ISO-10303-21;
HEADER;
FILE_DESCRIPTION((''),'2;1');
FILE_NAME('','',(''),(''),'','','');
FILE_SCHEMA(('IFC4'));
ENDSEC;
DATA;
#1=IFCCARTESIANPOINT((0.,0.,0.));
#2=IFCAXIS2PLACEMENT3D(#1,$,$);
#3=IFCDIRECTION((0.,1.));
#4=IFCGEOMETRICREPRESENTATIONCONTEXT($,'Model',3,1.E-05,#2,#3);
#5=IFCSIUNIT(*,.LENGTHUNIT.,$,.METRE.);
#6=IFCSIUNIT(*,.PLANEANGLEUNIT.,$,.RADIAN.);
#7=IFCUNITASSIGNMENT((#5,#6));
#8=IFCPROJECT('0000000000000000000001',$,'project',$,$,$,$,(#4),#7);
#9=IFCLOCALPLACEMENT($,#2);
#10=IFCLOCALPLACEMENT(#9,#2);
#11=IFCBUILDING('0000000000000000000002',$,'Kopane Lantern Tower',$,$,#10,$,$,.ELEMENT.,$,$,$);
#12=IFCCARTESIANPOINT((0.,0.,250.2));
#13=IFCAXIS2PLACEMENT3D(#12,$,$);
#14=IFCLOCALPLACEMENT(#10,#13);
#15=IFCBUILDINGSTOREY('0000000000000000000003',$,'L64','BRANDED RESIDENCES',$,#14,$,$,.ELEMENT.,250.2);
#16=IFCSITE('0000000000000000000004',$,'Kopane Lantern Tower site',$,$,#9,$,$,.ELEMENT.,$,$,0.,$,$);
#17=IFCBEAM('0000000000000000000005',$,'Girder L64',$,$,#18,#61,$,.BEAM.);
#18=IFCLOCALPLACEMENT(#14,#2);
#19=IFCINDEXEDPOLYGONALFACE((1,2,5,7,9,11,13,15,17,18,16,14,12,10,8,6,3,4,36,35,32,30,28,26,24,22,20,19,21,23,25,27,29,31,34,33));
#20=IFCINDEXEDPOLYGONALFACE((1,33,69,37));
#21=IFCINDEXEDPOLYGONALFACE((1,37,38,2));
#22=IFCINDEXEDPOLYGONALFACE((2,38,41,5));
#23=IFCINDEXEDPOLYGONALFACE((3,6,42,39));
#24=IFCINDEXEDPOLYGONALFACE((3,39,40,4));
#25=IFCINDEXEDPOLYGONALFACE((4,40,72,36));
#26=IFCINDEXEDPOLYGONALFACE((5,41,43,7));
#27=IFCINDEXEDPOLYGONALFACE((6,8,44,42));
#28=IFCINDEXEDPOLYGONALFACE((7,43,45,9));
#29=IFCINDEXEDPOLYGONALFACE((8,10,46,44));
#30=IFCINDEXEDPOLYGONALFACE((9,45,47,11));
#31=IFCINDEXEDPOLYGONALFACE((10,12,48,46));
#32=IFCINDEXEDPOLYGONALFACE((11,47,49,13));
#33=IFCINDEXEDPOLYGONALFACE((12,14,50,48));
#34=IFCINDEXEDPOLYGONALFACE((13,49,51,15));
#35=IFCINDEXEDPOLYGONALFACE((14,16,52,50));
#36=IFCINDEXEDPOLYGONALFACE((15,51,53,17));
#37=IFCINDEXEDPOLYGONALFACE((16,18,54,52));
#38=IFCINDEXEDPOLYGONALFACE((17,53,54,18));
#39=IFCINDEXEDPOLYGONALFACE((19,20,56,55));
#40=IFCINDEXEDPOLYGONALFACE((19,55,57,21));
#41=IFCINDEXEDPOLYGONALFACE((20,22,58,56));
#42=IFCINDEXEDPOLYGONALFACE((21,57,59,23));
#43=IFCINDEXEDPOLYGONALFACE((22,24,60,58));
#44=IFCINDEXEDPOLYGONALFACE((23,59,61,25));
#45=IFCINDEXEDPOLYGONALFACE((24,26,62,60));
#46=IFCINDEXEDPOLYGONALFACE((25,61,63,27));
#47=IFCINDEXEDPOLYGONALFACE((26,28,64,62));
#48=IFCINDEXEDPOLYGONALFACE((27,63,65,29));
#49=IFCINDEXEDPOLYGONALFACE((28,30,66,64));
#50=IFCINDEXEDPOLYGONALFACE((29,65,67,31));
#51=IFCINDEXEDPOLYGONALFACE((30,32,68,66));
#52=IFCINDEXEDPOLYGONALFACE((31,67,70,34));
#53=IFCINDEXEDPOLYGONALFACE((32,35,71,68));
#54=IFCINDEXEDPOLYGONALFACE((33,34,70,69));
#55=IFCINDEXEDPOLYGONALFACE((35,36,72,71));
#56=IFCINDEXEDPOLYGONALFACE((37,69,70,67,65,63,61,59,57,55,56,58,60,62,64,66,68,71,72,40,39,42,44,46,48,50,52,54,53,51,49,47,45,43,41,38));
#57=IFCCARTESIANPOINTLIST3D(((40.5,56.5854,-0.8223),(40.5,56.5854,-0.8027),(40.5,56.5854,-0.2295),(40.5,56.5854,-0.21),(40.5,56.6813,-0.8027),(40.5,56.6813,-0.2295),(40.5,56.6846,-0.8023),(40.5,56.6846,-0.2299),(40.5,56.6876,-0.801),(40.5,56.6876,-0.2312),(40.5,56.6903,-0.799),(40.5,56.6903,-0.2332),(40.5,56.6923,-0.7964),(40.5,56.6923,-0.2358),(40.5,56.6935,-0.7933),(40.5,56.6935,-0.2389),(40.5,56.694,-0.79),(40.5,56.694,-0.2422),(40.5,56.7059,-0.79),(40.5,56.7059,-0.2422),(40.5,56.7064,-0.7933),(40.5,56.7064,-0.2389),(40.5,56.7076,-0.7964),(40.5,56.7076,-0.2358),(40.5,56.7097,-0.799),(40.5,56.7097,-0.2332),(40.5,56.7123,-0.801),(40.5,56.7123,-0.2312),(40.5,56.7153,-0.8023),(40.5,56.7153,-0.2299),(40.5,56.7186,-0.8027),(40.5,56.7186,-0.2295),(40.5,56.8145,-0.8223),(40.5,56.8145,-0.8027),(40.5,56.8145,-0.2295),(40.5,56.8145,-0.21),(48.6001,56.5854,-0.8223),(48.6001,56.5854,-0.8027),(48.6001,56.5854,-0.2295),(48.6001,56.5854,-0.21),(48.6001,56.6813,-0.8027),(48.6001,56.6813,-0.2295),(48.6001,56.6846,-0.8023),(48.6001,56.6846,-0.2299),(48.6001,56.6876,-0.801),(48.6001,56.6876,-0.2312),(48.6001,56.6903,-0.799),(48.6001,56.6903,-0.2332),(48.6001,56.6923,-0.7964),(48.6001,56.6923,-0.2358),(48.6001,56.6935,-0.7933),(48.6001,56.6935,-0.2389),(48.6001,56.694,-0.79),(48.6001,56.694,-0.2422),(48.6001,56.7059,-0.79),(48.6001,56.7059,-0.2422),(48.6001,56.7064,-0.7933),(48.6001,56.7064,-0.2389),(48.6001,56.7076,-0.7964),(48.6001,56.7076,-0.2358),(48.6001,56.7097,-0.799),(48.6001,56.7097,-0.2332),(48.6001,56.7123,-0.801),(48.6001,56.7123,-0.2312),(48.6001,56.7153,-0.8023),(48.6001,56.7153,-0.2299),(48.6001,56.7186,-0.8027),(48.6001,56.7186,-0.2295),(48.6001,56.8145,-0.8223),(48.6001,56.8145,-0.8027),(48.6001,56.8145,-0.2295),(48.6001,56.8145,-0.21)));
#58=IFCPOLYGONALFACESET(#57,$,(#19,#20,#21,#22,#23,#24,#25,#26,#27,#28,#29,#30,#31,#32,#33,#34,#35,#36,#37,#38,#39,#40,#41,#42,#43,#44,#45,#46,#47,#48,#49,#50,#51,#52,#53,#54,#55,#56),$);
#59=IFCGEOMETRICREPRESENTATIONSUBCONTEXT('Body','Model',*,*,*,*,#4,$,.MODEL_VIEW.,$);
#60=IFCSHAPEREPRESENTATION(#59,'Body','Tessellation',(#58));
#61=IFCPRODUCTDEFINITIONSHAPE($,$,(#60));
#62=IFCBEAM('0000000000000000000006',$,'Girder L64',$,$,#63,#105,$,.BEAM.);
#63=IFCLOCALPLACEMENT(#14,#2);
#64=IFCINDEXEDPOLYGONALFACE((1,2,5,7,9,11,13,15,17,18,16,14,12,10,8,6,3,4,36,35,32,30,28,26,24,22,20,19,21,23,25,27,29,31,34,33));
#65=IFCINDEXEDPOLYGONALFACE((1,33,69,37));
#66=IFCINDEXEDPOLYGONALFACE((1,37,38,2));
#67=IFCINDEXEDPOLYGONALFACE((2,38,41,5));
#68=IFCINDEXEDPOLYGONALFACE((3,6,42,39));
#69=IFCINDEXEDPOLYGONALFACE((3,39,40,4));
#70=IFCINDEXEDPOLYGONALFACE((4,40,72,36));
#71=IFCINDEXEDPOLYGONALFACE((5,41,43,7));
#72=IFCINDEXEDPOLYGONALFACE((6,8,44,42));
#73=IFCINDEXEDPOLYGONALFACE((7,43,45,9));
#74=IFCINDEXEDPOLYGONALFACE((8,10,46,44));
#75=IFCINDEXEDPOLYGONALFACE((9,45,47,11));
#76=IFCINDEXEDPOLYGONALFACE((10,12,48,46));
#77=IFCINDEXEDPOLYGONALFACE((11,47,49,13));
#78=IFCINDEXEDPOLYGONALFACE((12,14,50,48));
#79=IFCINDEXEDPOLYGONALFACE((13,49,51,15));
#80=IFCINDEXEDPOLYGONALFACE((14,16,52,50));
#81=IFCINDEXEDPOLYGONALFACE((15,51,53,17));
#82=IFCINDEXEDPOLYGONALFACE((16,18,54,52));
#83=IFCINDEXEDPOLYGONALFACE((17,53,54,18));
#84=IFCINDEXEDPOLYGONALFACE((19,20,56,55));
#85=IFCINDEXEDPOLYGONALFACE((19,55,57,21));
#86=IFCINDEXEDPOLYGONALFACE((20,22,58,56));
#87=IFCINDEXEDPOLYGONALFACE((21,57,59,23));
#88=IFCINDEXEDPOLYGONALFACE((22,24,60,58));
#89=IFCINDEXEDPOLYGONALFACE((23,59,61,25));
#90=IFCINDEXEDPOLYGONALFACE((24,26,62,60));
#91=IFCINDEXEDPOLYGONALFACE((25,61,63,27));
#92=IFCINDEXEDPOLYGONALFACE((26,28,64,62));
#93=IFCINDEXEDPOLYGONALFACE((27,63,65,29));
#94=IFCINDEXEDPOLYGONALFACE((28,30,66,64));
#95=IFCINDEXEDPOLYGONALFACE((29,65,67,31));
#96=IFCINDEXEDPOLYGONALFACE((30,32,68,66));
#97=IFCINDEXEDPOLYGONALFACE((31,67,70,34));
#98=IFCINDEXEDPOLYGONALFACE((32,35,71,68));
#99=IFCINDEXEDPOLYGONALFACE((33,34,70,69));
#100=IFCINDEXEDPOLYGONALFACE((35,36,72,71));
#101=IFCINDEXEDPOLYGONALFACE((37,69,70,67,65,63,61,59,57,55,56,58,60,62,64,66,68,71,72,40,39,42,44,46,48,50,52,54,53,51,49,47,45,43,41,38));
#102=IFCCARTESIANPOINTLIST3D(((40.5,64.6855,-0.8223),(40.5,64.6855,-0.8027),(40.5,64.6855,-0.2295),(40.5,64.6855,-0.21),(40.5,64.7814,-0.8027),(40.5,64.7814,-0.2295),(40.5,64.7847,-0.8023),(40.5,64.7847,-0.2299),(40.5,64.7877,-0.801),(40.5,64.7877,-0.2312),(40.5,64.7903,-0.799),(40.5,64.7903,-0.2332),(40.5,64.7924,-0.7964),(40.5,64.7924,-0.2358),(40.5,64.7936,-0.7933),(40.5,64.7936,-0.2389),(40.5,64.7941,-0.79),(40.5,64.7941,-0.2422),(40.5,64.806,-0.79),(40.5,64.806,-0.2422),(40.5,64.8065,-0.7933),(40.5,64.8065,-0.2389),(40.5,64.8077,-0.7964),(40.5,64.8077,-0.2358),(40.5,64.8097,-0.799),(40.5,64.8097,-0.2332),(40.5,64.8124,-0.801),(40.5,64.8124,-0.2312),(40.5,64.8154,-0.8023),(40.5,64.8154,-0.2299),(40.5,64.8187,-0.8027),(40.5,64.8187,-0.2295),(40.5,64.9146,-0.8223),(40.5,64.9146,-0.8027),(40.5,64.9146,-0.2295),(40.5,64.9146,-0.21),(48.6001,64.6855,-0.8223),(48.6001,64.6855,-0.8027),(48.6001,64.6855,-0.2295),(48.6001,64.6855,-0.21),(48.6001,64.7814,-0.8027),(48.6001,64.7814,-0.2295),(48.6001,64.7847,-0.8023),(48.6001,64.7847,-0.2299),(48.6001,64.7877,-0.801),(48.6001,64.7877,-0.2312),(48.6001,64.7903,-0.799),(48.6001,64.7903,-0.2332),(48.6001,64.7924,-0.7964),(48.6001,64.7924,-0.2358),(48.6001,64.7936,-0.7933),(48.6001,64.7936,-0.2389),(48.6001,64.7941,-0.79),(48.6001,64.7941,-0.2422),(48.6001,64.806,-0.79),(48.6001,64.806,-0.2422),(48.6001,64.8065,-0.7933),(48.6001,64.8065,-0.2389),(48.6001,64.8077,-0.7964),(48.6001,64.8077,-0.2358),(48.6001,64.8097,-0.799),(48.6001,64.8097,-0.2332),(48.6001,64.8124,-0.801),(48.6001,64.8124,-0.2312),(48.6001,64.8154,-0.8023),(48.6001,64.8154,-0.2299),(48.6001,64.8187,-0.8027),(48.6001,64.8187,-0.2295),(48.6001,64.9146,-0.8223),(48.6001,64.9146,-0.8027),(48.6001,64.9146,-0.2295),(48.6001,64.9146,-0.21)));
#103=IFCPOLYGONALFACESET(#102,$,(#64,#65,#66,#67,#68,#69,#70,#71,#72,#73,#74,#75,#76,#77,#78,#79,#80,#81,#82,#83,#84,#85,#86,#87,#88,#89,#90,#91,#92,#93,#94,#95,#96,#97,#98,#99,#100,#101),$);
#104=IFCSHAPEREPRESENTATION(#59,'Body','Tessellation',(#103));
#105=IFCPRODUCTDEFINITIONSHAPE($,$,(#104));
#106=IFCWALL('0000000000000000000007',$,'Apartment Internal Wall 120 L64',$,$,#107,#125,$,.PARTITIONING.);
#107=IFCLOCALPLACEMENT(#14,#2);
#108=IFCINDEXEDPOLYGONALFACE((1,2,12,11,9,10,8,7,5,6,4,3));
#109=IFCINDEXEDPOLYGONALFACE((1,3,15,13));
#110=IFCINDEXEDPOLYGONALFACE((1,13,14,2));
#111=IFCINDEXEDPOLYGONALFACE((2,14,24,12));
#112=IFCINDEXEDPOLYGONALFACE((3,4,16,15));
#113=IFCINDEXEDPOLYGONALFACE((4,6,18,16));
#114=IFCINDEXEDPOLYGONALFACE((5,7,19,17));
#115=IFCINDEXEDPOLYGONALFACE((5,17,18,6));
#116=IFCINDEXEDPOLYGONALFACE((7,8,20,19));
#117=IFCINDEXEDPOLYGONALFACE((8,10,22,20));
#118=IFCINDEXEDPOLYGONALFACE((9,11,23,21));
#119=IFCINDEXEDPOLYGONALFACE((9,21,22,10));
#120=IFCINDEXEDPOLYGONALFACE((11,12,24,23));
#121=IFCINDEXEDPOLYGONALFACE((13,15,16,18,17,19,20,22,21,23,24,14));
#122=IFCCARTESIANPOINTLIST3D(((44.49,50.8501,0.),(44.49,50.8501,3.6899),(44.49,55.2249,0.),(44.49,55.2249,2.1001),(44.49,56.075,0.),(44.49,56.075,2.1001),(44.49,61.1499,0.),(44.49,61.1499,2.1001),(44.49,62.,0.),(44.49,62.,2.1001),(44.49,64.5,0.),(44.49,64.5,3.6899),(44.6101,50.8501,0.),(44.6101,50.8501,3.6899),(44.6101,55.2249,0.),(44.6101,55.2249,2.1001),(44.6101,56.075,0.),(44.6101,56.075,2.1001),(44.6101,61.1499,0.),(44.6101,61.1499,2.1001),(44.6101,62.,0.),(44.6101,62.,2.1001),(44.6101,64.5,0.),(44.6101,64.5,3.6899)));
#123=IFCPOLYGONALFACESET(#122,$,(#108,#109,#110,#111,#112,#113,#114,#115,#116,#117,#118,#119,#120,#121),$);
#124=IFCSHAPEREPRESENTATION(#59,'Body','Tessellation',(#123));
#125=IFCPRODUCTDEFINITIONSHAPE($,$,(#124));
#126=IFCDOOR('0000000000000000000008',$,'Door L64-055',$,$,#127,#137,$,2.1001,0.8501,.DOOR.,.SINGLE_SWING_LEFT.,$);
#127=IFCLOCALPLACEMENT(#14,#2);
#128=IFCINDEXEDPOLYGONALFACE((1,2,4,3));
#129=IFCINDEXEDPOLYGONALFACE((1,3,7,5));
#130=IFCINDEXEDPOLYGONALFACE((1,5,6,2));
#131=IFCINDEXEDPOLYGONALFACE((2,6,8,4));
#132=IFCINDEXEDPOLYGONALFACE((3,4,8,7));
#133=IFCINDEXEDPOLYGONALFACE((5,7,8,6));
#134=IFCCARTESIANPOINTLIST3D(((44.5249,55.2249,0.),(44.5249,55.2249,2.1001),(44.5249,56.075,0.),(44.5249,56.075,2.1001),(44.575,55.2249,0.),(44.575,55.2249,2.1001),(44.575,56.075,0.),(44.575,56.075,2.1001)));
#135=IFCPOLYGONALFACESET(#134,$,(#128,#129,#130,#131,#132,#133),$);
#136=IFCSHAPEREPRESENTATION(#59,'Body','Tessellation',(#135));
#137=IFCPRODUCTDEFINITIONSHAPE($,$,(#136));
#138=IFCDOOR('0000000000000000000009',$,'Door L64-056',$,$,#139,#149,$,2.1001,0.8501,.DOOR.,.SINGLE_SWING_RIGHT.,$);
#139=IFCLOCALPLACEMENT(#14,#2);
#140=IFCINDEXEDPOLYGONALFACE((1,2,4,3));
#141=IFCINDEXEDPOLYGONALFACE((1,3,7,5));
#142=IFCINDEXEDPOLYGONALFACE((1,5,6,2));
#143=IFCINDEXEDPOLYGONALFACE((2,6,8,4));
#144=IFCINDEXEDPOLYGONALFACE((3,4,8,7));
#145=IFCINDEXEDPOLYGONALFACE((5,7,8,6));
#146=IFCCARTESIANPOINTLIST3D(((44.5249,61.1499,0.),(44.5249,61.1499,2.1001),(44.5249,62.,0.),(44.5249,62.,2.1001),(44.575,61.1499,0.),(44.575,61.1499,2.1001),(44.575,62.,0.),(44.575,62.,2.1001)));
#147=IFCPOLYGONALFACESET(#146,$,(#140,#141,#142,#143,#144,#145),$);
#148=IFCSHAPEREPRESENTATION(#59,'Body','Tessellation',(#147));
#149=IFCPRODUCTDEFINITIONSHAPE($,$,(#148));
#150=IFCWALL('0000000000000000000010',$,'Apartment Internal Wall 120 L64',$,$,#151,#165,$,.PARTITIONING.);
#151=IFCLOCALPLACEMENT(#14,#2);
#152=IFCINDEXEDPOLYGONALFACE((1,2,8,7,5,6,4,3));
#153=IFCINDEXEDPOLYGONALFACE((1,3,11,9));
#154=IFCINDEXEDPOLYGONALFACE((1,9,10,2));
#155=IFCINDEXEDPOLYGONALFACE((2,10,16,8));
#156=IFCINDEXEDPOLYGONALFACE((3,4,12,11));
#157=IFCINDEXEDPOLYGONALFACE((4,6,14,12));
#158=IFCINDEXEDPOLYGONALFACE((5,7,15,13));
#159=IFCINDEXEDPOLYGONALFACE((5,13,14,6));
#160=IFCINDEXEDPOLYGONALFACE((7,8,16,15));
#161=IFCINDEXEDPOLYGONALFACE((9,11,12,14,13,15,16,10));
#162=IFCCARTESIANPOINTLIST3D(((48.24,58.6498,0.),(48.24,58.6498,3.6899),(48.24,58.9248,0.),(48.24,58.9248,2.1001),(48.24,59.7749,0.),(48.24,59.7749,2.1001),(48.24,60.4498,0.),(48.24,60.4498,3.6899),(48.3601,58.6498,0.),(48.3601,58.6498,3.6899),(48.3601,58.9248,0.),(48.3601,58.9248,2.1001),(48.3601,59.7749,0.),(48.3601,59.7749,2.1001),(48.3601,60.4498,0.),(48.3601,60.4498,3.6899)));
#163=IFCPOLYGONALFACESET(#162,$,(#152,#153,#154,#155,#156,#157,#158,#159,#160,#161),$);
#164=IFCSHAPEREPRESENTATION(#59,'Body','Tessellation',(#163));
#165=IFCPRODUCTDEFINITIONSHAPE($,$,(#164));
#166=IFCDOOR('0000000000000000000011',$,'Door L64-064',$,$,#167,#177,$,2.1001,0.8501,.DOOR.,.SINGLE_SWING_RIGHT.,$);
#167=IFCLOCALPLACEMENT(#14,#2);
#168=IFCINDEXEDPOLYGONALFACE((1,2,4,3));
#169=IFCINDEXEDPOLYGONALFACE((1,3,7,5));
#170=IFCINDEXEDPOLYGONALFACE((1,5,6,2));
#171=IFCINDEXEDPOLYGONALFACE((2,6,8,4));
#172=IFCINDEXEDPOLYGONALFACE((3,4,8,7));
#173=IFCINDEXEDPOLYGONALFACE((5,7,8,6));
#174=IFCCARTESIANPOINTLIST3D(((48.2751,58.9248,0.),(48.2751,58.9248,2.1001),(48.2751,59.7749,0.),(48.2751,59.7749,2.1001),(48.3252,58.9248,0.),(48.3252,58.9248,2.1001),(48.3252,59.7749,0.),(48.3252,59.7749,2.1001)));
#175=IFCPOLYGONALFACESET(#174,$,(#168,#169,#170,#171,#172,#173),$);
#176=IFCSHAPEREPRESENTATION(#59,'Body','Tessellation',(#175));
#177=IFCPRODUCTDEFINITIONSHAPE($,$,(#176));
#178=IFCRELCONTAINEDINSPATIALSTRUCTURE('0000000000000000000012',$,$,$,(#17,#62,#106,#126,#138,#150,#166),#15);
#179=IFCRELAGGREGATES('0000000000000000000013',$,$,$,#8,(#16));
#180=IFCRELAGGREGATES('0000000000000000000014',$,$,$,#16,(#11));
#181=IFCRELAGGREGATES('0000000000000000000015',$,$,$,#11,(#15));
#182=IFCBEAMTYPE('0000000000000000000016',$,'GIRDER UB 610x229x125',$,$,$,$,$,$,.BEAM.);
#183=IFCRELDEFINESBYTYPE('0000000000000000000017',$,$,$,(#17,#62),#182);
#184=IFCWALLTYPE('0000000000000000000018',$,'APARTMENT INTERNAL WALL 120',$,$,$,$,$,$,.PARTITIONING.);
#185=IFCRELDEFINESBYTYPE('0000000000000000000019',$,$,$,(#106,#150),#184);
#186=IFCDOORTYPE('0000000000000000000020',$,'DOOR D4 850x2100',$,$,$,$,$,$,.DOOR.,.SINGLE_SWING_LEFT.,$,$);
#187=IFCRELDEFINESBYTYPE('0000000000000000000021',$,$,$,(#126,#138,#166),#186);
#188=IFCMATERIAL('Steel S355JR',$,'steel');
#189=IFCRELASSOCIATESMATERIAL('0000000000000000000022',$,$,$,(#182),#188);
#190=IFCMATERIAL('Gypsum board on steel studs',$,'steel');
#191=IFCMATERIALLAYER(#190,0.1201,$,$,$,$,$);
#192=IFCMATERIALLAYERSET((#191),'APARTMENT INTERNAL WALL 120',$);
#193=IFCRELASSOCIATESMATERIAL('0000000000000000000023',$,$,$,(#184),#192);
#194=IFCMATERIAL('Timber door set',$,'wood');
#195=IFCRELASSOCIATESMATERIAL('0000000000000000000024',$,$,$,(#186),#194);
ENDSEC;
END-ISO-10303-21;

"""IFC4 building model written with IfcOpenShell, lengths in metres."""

from ifc_helpers import new_model, si_unit, direction, frame, frame_2d, origin, origin_2d, place, context, subcontext, project, spatial, rectangle, i_section, extrude, material, layer, layer_set, material_profile, profile_set, type_object, element, fill, save


model = new_model("IFC4")

# Units and contexts
model_context = context("Model", 3, precision=1e-05, world=origin(), true_north=direction((0.0, 1.0)))
body_context = subcontext(model_context, "Body", "Model", "MODEL_VIEW")
ifc_project = project(units=[si_unit("LENGTHUNIT", "METRE"), si_unit("PLANEANGLEUNIT", "RADIAN")], contexts=[model_context])

# Site, building, storey
site_placement = place(None, origin())
site = spatial("IfcSite", under=ifc_project, at=site_placement, Name="Kopane Lantern Tower site", CompositionType="ELEMENT", RefElevation=0.0)
building_placement = place(site_placement, origin())
building = spatial("IfcBuilding", under=site, at=building_placement, Name="Kopane Lantern Tower", CompositionType="ELEMENT")
storey_placement = place(building_placement, frame((0.0, 0.0, 250.2)))
storey = spatial("IfcBuildingStorey", under=building, at=storey_placement, Name="L64", Description="BRANDED RESIDENCES", CompositionType="ELEMENT", Elevation=250.2)

# Beams
ifc_material_1 = material(Name="Steel S355JR", Category="steel")
ifc_material_profile_1 = material_profile(ifc_material_1, i_section(OverallWidth=0.229, OverallDepth=0.6123, WebThickness=0.012, FlangeThickness=0.0195, FilletRadius=0.0127, at=origin_2d()), Name="UB 610x229x125")
ifc_profile_set_1 = profile_set([ifc_material_profile_1], Name="Steel S355JR")
beam_type = type_object("IfcBeamType", Name="GIRDER UB 610x229x125", PredefinedType="BEAM", material=ifc_profile_set_1)
for number, where, z_axis, x_axis, name in (
    (1, (40.5, 56.7, -0.5161), (1.0, 0.0, 0.0), (0.0, 1.0, 0.0), "Girder L64"),
    (2, (40.5, 64.8, -0.5161), (1.0, 0.0, 0.0), (0.0, 1.0, 0.0), "Girder L64"),
):
    element("IfcBeam", number, at=place(storey_placement, frame(where, z_axis=z_axis, x_axis=x_axis)), inside=storey, type_object=beam_type, Name=name, PredefinedType="BEAM", context=body_context, shape_type="SweptSolid", body=[
        extrude(i_section(OverallWidth=0.229, OverallDepth=0.6123, WebThickness=0.012, FlangeThickness=0.0195, FilletRadius=0.0127, at=origin_2d()), origin(), (0.0, 0.0, 1.0), 8.1001),
    ])

# Wall, openings, doors
ifc_material_2 = material(Name="Gypsum board on steel studs", Category="steel")
ifc_layer_1 = layer(ifc_material_2, 0.1201)
ifc_layer_set_1 = layer_set([ifc_layer_1], Name="APARTMENT INTERNAL WALL 120")
wall_type_1 = type_object("IfcWallType", Name="APARTMENT INTERNAL WALL 120", PredefinedType="PARTITIONING", material=ifc_layer_set_1)
wall_1_placement = place(storey_placement, frame((44.55, 64.5, 0.0), z_axis=(0.0, 0.0, 1.0), x_axis=(0.0, -1.0, 0.0)))
wall_1 = element("IfcWall", 3, at=wall_1_placement, inside=storey, type_object=wall_type_1, Name="Apartment Internal Wall 120 L64", PredefinedType="PARTITIONING", context=body_context, shape_type="SweptSolid", body=[
    extrude(rectangle(XDim=13.6499, YDim=0.1201, at=frame_2d((6.825, 0.0))), origin(), (0.0, 0.0, 1.0), 3.6899),
])
opening_1_placement = place(wall_1_placement, frame((8.425, 0.0, 0.0)))
opening_1 = element("IfcOpeningElement", 4, at=opening_1_placement, cuts=wall_1, PredefinedType="OPENING", context=body_context, shape_type="SweptSolid", body=[
    extrude(rectangle(XDim=0.8501, YDim=2.1001, at=frame_2d((0.425, 1.05))), frame((0.0, 0.0701, 0.0), z_axis=(0.0, -1.0, 0.0), x_axis=(1.0, 0.0, 0.0)), (0.0, 0.0, 1.0), 0.1401),
])
opening_2_placement = place(wall_1_placement, frame((2.5, 0.0, 0.0)))
opening_2 = element("IfcOpeningElement", 5, at=opening_2_placement, cuts=wall_1, PredefinedType="OPENING", context=body_context, shape_type="SweptSolid", body=[
    extrude(rectangle(XDim=0.8501, YDim=2.1001, at=frame_2d((0.425, 1.05))), frame((0.0, 0.0701, 0.0), z_axis=(0.0, -1.0, 0.0), x_axis=(1.0, 0.0, 0.0)), (0.0, 0.0, 1.0), 0.1401),
])
ifc_material_3 = material(Name="Timber door set", Category="wood")
door_type = type_object("IfcDoorType", Name="DOOR D4 850x2100", OperationType="SINGLE_SWING_LEFT", PredefinedType="DOOR", material=ifc_material_3)
door_1_placement = place(opening_1_placement, origin())
door_1 = element("IfcDoor", 6, at=door_1_placement, inside=storey, type_object=door_type, Name="Door L64-055", OperationType="SINGLE_SWING_LEFT", OverallHeight=2.1001, OverallWidth=0.8501, PredefinedType="DOOR", context=body_context, shape_type="SweptSolid", body=[
    extrude(rectangle(XDim=0.8501, YDim=2.1001, at=frame_2d((0.425, 1.05))), frame((0.0, 0.0249, 0.0), z_axis=(0.0, -1.0, 0.0), x_axis=(1.0, 0.0, 0.0)), (0.0, 0.0, 1.0), 0.05),
])
fill(opening_1, door_1)
door_2_placement = place(opening_2_placement, origin())
door_2 = element("IfcDoor", 7, at=door_2_placement, inside=storey, type_object=door_type, Name="Door L64-056", OperationType="SINGLE_SWING_RIGHT", OverallHeight=2.1001, OverallWidth=0.8501, PredefinedType="DOOR", context=body_context, shape_type="SweptSolid", body=[
    extrude(rectangle(XDim=0.8501, YDim=2.1001, at=frame_2d((0.425, 1.05))), frame((0.0, 0.0249, 0.0), z_axis=(0.0, -1.0, 0.0), x_axis=(1.0, 0.0, 0.0)), (0.0, 0.0, 1.0), 0.05),
])
fill(opening_2, door_2)

# Wall, opening, door
wall_2_placement = place(storey_placement, frame((48.3, 58.6499, 0.0), z_axis=(0.0, 0.0, 1.0), x_axis=(0.0, 1.0, 0.0)))
wall_2 = element("IfcWall", 8, at=wall_2_placement, inside=storey, type_object=wall_type_1, Name="Apartment Internal Wall 120 L64", PredefinedType="PARTITIONING", context=body_context, shape_type="SweptSolid", body=[
    extrude(rectangle(XDim=1.8, YDim=0.1201, at=frame_2d((0.8999, 0.0))), origin(), (0.0, 0.0, 1.0), 3.6899),
])
opening_3_placement = place(wall_2_placement, frame((0.2749, 0.0, 0.0)))
opening_3 = element("IfcOpeningElement", 9, at=opening_3_placement, cuts=wall_2, PredefinedType="OPENING", context=body_context, shape_type="SweptSolid", body=[
    extrude(rectangle(XDim=0.8501, YDim=2.1001, at=frame_2d((0.425, 1.05))), frame((0.0, 0.0701, 0.0), z_axis=(0.0, -1.0, 0.0), x_axis=(1.0, 0.0, 0.0)), (0.0, 0.0, 1.0), 0.1401),
])
door_3_placement = place(opening_3_placement, origin())
door_3 = element("IfcDoor", 10, at=door_3_placement, inside=storey, type_object=door_type, Name="Door L64-064", OperationType="SINGLE_SWING_RIGHT", OverallHeight=2.1001, OverallWidth=0.8501, PredefinedType="DOOR", context=body_context, shape_type="SweptSolid", body=[
    extrude(rectangle(XDim=0.8501, YDim=2.1001, at=frame_2d((0.425, 1.05))), frame((0.0, 0.0249, 0.0), z_axis=(0.0, -1.0, 0.0), x_axis=(1.0, 0.0, 0.0)), (0.0, 0.0, 1.0), 0.05),
])
fill(opening_3, door_3)

save(model, "model.ifc")
